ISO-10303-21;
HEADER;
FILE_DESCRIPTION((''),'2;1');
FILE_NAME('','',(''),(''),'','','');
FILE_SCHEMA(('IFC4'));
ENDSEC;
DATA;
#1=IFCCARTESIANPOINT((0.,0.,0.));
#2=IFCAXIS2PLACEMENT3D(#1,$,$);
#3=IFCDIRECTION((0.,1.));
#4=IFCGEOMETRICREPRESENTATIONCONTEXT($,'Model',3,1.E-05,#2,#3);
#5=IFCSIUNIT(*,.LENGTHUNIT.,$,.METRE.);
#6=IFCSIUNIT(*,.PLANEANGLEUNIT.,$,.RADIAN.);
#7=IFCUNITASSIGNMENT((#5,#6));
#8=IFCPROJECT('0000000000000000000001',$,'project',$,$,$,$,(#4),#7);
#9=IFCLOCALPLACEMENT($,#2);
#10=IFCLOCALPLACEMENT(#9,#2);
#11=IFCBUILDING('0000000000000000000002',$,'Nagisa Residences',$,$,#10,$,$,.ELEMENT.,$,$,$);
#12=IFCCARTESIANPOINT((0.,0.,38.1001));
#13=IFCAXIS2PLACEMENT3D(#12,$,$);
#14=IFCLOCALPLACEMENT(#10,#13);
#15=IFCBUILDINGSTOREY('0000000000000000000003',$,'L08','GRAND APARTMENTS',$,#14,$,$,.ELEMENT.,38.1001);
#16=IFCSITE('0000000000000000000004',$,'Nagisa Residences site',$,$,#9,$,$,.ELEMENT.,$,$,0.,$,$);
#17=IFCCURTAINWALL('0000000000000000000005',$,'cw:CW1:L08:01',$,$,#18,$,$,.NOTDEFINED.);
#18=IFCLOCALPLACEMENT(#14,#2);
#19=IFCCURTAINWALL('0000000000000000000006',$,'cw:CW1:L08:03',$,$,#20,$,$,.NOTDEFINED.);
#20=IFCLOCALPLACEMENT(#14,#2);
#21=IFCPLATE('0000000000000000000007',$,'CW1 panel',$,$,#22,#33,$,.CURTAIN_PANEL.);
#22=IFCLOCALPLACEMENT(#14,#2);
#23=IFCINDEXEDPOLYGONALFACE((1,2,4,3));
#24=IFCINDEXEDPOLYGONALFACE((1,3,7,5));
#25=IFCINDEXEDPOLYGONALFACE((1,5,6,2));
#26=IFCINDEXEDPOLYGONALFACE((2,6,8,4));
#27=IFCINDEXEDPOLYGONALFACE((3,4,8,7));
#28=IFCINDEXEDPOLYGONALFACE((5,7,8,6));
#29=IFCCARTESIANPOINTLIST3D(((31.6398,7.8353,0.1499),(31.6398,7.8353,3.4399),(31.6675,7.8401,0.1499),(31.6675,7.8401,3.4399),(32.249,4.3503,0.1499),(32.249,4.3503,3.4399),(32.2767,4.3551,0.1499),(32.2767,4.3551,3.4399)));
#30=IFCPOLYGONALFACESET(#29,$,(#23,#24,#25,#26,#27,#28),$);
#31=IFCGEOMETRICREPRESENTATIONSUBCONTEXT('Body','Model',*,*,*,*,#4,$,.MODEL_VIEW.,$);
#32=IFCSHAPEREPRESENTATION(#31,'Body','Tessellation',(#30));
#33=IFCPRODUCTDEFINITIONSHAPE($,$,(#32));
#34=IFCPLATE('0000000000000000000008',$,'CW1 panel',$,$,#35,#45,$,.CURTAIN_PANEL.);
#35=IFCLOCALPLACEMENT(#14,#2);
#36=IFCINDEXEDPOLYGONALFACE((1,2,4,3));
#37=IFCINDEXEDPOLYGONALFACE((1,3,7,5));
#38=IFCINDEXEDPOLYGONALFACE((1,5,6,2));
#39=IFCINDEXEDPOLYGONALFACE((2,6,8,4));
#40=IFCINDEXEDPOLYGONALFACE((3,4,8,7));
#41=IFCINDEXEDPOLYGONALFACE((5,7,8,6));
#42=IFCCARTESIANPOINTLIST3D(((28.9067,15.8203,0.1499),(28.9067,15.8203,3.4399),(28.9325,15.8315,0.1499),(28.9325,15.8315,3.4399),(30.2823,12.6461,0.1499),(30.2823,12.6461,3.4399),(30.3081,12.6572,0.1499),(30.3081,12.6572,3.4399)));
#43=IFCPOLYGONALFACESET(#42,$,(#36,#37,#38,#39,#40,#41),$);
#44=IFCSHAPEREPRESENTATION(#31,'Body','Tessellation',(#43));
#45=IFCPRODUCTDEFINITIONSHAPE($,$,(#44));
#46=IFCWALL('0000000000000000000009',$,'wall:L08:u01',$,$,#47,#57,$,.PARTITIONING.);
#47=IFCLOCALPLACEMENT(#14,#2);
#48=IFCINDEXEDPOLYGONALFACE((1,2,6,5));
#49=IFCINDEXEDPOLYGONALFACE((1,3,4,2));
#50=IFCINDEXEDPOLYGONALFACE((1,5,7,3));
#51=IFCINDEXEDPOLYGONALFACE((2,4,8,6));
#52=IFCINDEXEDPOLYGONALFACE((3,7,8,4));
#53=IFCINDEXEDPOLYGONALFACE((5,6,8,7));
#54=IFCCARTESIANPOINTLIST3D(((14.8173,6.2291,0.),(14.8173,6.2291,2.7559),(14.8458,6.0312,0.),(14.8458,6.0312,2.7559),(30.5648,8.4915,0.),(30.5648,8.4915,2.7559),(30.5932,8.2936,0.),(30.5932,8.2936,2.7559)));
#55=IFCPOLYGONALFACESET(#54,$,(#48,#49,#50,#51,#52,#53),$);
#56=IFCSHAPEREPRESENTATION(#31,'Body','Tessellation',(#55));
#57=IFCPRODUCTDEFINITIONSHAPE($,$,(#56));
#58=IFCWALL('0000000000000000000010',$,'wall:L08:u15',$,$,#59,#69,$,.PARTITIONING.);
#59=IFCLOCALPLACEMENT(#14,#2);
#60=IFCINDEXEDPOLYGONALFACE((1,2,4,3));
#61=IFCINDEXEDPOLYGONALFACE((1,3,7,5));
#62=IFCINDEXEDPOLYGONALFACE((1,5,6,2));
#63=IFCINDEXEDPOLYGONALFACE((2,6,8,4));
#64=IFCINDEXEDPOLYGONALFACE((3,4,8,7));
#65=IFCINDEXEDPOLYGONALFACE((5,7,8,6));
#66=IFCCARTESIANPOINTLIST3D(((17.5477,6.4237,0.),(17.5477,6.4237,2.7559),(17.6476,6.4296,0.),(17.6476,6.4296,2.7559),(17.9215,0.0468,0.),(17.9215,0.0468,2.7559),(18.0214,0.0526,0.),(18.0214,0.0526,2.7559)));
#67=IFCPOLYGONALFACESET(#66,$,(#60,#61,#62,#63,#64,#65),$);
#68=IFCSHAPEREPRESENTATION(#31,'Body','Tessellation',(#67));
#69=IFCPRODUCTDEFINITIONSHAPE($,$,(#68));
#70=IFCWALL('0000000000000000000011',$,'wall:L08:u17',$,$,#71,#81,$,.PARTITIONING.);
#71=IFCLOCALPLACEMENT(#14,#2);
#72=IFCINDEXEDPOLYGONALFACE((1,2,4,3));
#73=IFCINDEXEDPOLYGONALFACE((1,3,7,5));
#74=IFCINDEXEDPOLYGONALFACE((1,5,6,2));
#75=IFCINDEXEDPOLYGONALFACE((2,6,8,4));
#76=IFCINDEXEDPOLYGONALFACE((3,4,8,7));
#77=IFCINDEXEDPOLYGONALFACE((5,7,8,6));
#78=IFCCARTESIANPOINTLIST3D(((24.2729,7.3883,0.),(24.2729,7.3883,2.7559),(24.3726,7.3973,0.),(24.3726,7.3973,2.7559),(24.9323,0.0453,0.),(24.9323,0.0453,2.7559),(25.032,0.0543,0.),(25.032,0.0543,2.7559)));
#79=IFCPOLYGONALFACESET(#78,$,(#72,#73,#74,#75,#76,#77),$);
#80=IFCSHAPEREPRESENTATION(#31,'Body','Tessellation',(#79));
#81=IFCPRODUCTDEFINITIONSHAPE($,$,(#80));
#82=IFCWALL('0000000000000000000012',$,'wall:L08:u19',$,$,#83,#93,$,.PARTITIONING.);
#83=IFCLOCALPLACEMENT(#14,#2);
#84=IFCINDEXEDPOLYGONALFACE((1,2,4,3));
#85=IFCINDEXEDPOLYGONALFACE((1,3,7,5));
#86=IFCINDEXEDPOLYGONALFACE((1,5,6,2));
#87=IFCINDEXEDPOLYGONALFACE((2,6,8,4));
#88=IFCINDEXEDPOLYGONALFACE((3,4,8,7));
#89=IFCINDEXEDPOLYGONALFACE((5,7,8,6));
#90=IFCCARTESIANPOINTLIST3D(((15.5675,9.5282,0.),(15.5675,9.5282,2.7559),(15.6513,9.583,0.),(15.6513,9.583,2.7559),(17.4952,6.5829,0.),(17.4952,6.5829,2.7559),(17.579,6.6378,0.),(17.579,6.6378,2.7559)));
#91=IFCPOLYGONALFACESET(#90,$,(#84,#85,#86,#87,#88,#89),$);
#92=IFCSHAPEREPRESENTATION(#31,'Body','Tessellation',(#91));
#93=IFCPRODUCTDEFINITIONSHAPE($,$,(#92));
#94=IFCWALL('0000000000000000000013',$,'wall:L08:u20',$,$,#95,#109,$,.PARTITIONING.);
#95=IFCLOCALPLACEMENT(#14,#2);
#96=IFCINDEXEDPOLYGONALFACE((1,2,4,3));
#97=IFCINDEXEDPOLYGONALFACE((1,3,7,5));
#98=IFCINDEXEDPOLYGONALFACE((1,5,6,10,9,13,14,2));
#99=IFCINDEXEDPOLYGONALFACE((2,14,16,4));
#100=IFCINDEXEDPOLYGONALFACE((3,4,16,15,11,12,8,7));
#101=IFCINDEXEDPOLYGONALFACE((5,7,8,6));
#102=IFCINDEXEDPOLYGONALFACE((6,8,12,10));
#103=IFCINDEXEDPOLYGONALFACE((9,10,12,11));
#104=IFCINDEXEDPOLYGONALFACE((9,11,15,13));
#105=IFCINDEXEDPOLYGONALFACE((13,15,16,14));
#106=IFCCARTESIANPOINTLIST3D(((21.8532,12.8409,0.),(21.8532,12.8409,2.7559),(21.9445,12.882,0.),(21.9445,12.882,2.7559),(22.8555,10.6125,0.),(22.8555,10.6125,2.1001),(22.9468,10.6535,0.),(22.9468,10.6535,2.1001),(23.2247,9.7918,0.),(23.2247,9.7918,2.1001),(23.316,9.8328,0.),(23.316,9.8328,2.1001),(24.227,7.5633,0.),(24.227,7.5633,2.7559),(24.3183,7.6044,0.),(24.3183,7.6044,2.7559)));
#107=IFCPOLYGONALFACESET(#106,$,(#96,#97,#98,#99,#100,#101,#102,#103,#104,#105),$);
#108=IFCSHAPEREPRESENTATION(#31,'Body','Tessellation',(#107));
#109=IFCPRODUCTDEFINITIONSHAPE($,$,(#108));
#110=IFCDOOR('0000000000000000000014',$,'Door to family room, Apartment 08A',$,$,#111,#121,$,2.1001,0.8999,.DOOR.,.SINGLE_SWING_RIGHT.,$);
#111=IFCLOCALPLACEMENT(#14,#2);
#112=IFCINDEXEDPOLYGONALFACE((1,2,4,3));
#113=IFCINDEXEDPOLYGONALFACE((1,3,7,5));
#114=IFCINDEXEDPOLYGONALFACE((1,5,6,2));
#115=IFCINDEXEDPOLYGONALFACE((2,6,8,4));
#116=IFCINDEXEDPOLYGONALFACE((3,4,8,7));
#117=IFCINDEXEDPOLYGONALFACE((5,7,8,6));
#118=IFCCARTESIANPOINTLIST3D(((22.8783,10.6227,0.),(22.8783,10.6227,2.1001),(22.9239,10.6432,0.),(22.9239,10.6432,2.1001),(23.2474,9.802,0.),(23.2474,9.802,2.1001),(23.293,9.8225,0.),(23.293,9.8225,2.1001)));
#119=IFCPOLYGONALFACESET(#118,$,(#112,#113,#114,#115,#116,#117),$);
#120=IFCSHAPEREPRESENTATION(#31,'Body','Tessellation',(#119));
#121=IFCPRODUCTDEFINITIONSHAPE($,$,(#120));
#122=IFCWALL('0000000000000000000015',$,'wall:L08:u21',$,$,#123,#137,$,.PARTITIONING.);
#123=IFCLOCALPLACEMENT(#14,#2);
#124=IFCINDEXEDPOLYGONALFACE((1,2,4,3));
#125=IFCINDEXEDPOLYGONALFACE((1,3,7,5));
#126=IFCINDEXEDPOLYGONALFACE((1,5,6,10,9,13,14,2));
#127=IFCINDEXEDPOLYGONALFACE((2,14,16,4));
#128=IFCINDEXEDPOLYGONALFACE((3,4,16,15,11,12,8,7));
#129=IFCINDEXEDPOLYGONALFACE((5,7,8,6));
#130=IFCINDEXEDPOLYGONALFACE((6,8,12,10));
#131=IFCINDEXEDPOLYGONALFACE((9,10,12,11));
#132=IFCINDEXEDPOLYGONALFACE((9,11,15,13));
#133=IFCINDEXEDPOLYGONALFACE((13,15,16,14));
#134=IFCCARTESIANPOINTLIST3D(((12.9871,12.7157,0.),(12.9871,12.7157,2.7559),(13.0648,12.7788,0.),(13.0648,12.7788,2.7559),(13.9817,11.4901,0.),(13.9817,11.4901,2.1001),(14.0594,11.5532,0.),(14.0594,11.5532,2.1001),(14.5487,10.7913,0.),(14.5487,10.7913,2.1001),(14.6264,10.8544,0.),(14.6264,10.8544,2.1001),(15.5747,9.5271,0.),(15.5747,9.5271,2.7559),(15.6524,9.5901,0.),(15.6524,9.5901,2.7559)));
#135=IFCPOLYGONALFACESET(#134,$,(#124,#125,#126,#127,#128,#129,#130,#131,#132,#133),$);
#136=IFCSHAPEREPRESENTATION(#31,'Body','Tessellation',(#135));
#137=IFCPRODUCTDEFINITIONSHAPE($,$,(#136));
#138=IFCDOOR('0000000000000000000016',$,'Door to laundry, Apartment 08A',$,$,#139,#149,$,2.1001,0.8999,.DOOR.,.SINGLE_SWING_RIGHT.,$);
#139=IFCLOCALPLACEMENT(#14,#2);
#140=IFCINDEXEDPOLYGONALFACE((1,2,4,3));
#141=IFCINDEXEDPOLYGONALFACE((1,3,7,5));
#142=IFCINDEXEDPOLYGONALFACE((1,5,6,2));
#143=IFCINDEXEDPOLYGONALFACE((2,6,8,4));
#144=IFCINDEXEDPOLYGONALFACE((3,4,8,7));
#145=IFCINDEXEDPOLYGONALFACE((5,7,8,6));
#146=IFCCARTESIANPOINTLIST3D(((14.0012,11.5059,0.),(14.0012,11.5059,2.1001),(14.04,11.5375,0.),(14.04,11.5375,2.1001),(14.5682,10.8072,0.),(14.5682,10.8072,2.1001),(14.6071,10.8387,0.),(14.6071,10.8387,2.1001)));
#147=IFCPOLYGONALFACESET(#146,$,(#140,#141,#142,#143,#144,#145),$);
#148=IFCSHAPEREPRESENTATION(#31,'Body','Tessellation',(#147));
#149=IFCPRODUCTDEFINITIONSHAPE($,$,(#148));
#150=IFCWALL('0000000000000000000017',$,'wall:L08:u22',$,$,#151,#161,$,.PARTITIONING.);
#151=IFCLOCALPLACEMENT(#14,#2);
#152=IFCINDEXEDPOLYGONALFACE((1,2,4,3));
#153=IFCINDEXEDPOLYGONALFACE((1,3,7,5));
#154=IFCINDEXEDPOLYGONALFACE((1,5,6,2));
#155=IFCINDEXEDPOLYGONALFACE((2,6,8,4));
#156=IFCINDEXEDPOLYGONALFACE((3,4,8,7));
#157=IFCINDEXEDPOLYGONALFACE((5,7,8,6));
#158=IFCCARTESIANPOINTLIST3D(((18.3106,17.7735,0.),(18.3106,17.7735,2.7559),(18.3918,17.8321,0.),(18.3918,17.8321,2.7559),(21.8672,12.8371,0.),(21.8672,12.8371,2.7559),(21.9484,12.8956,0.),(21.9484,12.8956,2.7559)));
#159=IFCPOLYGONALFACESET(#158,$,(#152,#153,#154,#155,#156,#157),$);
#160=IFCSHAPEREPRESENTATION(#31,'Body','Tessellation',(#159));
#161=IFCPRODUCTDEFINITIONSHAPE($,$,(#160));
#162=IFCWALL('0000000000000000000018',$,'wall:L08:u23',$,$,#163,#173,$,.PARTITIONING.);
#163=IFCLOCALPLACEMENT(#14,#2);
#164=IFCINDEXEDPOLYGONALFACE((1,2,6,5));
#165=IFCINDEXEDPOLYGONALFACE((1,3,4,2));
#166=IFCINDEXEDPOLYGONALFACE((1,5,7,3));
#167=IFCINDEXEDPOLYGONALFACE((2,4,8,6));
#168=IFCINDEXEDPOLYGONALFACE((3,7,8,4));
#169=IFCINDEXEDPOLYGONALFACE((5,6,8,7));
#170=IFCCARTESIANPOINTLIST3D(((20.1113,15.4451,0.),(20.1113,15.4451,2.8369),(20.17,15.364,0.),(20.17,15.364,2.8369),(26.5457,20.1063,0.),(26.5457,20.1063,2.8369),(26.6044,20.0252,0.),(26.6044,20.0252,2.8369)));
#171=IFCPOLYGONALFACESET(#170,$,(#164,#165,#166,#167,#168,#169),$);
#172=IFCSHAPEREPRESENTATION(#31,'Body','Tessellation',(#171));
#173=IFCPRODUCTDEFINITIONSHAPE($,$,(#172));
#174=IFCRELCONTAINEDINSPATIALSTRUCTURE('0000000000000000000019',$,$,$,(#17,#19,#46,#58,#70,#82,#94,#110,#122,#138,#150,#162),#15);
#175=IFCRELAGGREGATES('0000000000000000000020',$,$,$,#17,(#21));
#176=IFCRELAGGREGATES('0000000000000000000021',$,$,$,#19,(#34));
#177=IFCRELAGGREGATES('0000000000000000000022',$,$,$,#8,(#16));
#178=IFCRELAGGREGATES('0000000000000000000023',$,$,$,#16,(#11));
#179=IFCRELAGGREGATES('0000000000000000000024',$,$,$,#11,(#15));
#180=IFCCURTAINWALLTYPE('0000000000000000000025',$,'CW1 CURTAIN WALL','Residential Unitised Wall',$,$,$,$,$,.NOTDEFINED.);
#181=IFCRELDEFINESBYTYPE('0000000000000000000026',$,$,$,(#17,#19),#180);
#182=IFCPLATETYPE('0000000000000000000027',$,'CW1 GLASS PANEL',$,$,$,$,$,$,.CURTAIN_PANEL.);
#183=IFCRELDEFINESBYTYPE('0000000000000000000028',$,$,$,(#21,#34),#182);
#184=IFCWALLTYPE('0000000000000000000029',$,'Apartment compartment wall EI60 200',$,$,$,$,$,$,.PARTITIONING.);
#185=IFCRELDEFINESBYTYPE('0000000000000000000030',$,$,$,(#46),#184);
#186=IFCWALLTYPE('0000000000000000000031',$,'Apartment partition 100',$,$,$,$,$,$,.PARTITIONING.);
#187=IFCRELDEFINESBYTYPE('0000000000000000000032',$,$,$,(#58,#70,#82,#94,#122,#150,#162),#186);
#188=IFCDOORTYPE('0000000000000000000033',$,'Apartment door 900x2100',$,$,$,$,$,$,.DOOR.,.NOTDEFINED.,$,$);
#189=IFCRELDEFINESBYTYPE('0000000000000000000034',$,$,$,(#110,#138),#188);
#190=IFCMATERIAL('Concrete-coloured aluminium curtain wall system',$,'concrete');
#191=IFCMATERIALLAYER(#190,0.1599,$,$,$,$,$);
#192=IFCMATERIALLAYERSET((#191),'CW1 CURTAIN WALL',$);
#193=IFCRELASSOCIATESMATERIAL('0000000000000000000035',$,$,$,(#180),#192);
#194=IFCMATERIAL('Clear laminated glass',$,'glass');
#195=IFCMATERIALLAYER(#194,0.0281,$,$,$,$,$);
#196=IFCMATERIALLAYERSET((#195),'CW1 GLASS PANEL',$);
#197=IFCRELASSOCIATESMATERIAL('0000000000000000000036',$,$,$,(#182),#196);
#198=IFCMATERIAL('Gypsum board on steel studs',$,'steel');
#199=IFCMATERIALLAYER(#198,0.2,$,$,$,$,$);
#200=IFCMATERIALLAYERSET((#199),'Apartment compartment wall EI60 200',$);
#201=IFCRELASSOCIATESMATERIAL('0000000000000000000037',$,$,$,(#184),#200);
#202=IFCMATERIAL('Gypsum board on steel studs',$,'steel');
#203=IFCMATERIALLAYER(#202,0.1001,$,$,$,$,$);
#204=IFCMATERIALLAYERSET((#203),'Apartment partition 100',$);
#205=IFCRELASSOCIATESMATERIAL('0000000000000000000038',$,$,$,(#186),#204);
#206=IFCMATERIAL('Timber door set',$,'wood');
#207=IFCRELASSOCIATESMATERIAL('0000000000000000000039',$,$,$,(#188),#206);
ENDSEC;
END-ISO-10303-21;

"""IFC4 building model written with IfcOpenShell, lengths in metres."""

from ifc_helpers import new_model, si_unit, direction, frame, frame_2d, origin, origin_2d, place, context, subcontext, project, spatial, rectangle, extrude, material, layer, layer_set, type_object, element, fill, aggregate, save


model = new_model("IFC4")

# Units and contexts
model_context = context("Model", 3, precision=1e-05, world=origin(), true_north=direction((0.0, 1.0)))
body_context = subcontext(model_context, "Body", "Model", "MODEL_VIEW")
ifc_project = project(units=[si_unit("LENGTHUNIT", "METRE"), si_unit("PLANEANGLEUNIT", "RADIAN")], contexts=[model_context])

# Site, building, storey
site_placement = place(None, origin())
site = spatial("IfcSite", under=ifc_project, at=site_placement, Name="Nagisa Residences site", CompositionType="ELEMENT", RefElevation=0.0)
building_placement = place(site_placement, origin())
building = spatial("IfcBuilding", under=site, at=building_placement, Name="Nagisa Residences", CompositionType="ELEMENT")
storey_placement = place(building_placement, frame((0.0, 0.0, 38.1001)))
storey = spatial("IfcBuildingStorey", under=building, at=storey_placement, Name="L08", Description="GRAND APARTMENTS", CompositionType="ELEMENT", Elevation=38.1001)

# Curtain walls
ifc_material_1 = material(Name="Concrete-coloured aluminium curtain wall system", Category="concrete")
ifc_layer_1 = layer(ifc_material_1, 0.1599)
ifc_layer_set_1 = layer_set([ifc_layer_1], Name="CW1 CURTAIN WALL")
curtain_wall_type = type_object("IfcCurtainWallType", Name="CW1 CURTAIN WALL", Description="Residential Unitised Wall", PredefinedType="NOTDEFINED", material=ifc_layer_set_1)
curtain_wall_1_placement = place(storey_placement, origin())
curtain_wall_1 = element("IfcCurtainWall", 1, at=curtain_wall_1_placement, inside=storey, type_object=curtain_wall_type, Name="cw:CW1:L08:01", PredefinedType="NOTDEFINED")
curtain_wall_2_placement = place(storey_placement, origin())
curtain_wall_2 = element("IfcCurtainWall", 2, at=curtain_wall_2_placement, inside=storey, type_object=curtain_wall_type, Name="cw:CW1:L08:03", PredefinedType="NOTDEFINED")

# Plates
ifc_material_2 = material(Name="Clear laminated glass", Category="glass")
ifc_layer_2 = layer(ifc_material_2, 0.0281)
ifc_layer_set_2 = layer_set([ifc_layer_2], Name="CW1 GLASS PANEL")
plate_type = type_object("IfcPlateType", Name="CW1 GLASS PANEL", PredefinedType="CURTAIN_PANEL", material=ifc_layer_set_2)
plate_1_placement = place(storey_placement, frame((31.9583, 6.0952, 0.1499), z_axis=(0.0, 0.0, 1.0), x_axis=(-0.172191, 0.985064, 0.0)))
plate_1 = element("IfcPlate", 3, at=plate_1_placement, type_object=plate_type, Name="CW1 panel", PredefinedType="CURTAIN_PANEL", context=body_context, shape_type="SweptSolid", body=[
    extrude(rectangle(XDim=3.5378, YDim=0.0281, at=origin_2d()), origin(), (0.0, 0.0, 1.0), 3.29),
])
aggregate(curtain_wall_1, [plate_1])
plate_2_placement = place(storey_placement, frame((29.6074, 14.2388, 0.1499), z_axis=(0.0, 0.0, 1.0), x_axis=(-0.397636, 0.917543, 0.0)))
plate_2 = element("IfcPlate", 4, at=plate_2_placement, type_object=plate_type, Name="CW1 panel", PredefinedType="CURTAIN_PANEL", context=body_context, shape_type="SweptSolid", body=[
    extrude(rectangle(XDim=3.4595, YDim=0.0281, at=origin_2d()), origin(), (0.0, 0.0, 1.0), 3.29),
])
aggregate(curtain_wall_2, [plate_2])

# Walls
ifc_material_3 = material(Name="Gypsum board on steel studs", Category="steel")
ifc_layer_3 = layer(ifc_material_3, 0.2)
ifc_layer_set_3 = layer_set([ifc_layer_3], Name="Apartment compartment wall EI60 200")
wall_type_1 = type_object("IfcWallType", Name="Apartment compartment wall EI60 200", PredefinedType="PARTITIONING", material=ifc_layer_set_3)
wall_1_placement = place(storey_placement, frame((14.8315, 6.1301, 0.0), z_axis=(0.0, 0.0, 1.0), x_axis=(0.989837, 0.14221, 0.0)))
element("IfcWall", 5, at=wall_1_placement, inside=storey, type_object=wall_type_1, Name="wall:L08:u01", PredefinedType="PARTITIONING", context=body_context, shape_type="SweptSolid", body=[
    extrude(rectangle(XDim=15.9092, YDim=0.2, at=frame_2d((7.9546, 0.0))), origin(), (0.0, 0.0, 1.0), 2.7559),
])
ifc_material_4 = material(Name="Gypsum board on steel studs", Category="steel")
ifc_layer_4 = layer(ifc_material_4, 0.1001)
ifc_layer_set_4 = layer_set([ifc_layer_4], Name="Apartment partition 100")
wall_type_2 = type_object("IfcWallType", Name="Apartment partition 100", PredefinedType="PARTITIONING", material=ifc_layer_set_4)
wall_2_placement = place(storey_placement, frame((17.9714, 0.0498, 0.0), z_axis=(0.0, 0.0, 1.0), x_axis=(-0.058514, 0.998287, 0.0)))
element("IfcWall", 6, at=wall_2_placement, inside=storey, type_object=wall_type_2, Name="wall:L08:u15", PredefinedType="PARTITIONING", context=body_context, shape_type="SweptSolid", body=[
    extrude(rectangle(XDim=6.3879, YDim=0.1001, at=frame_2d((3.1938, 0.0))), origin(), (0.0, 0.0, 1.0), 2.7559),
])
wall_3_placement = place(storey_placement, frame((24.9822, 0.0498, 0.0), z_axis=(0.0, 0.0, 1.0), x_axis=(-0.089443, 0.995992, 0.0)))
element("IfcWall", 7, at=wall_3_placement, inside=storey, type_object=wall_type_2, Name="wall:L08:u17", PredefinedType="PARTITIONING", context=body_context, shape_type="SweptSolid", body=[
    extrude(rectangle(XDim=7.3726, YDim=0.1001, at=frame_2d((3.6863, 0.0))), origin(), (0.0, 0.0, 1.0), 2.7559),
])
wall_4_placement = place(storey_placement, frame((17.5371, 6.6104, 0.0), z_axis=(0.0, 0.0, 1.0), x_axis=(-0.547638, 0.836715, 0.0)))
element("IfcWall", 8, at=wall_4_placement, inside=storey, type_object=wall_type_2, Name="wall:L08:u19", PredefinedType="PARTITIONING", context=body_context, shape_type="SweptSolid", body=[
    extrude(rectangle(XDim=3.52, YDim=0.1001, at=frame_2d((1.76, 0.0))), origin(), (0.0, 0.0, 1.0), 2.7559),
])

# Walls, openings, doors
wall_5_placement = place(storey_placement, frame((24.2727, 7.5837, 0.0), z_axis=(0.0, 0.0, 1.0), x_axis=(-0.410202, 0.911995, 0.0)))
wall_5 = element("IfcWall", 9, at=wall_5_placement, inside=storey, type_object=wall_type_2, Name="wall:L08:u20", PredefinedType="PARTITIONING", context=body_context, shape_type="SweptSolid", body=[
    extrude(rectangle(XDim=5.7869, YDim=0.1001, at=frame_2d((2.8936, 0.0))), origin(), (0.0, 0.0, 1.0), 2.7559),
])
opening_1_placement = place(wall_5_placement, frame((2.4436, 0.0, 0.0)))
opening_1 = element("IfcOpeningElement", 10, at=opening_1_placement, cuts=wall_5, PredefinedType="OPENING", context=body_context, shape_type="SweptSolid", body=[
    extrude(rectangle(XDim=0.8999, YDim=2.1001, at=frame_2d((0.45, 1.05))), frame((0.0, 0.0601, 0.0), z_axis=(0.0, -1.0, 0.0), x_axis=(1.0, 0.0, 0.0)), (0.0, 0.0, 1.0), 0.1201),
])
ifc_material_5 = material(Name="Timber door set", Category="wood")
door_type_1 = type_object("IfcDoorType", Name="Apartment door 900x2100", OperationType="NOTDEFINED", PredefinedType="DOOR", material=ifc_material_5)
door_1_placement = place(opening_1_placement, frame((0.8999, 0.0, 0.0), x_axis=(-1.0, 0.0, 0.0)))
door_1 = element("IfcDoor", 11, at=door_1_placement, inside=storey, type_object=door_type_1, Name="Door to family room, Apartment 08A", OperationType="SINGLE_SWING_RIGHT", OverallHeight=2.1001, OverallWidth=0.8999, PredefinedType="DOOR", context=body_context, shape_type="SweptSolid", body=[
    extrude(rectangle(XDim=0.8999, YDim=2.1001, at=frame_2d((0.45, 1.05))), frame((0.0, 0.0249, 0.0), z_axis=(0.0, -1.0, 0.0), x_axis=(1.0, 0.0, 0.0)), (0.0, 0.0, 1.0), 0.05),
])
fill(opening_1, door_1)
wall_6_placement = place(storey_placement, frame((15.6135, 9.5586, 0.0), z_axis=(0.0, 0.0, 1.0), x_axis=(-0.630125, 0.776494, 0.0)))
wall_6 = element("IfcWall", 12, at=wall_6_placement, inside=storey, type_object=wall_type_2, Name="wall:L08:u21", PredefinedType="PARTITIONING", context=body_context, shape_type="SweptSolid", body=[
    extrude(rectangle(XDim=4.1064, YDim=0.1001, at=frame_2d((2.0532, 0.0))), origin(), (0.0, 0.0, 1.0), 2.7559),
])
opening_2_placement = place(wall_6_placement, frame((1.6282, 0.0, 0.0)))
opening_2 = element("IfcOpeningElement", 13, at=opening_2_placement, cuts=wall_6, PredefinedType="OPENING", context=body_context, shape_type="SweptSolid", body=[
    extrude(rectangle(XDim=0.8999, YDim=2.1001, at=frame_2d((0.45, 1.05))), frame((0.0, 0.0601, 0.0), z_axis=(0.0, -1.0, 0.0), x_axis=(1.0, 0.0, 0.0)), (0.0, 0.0, 1.0), 0.1201),
])
door_2_placement = place(opening_2_placement, origin())
door_2 = element("IfcDoor", 14, at=door_2_placement, inside=storey, type_object=door_type_1, Name="Door to laundry, Apartment 08A", OperationType="SINGLE_SWING_RIGHT", OverallHeight=2.1001, OverallWidth=0.8999, PredefinedType="DOOR", context=body_context, shape_type="SweptSolid", body=[
    extrude(rectangle(XDim=0.8999, YDim=2.1001, at=frame_2d((0.45, 1.05))), frame((0.0, 0.0249, 0.0), z_axis=(0.0, -1.0, 0.0), x_axis=(1.0, 0.0, 0.0)), (0.0, 0.0, 1.0), 0.05),
])
fill(opening_2, door_2)

# Walls
wall_7_placement = place(storey_placement, frame((21.9077, 12.8665, 0.0), z_axis=(0.0, 0.0, 1.0), x_axis=(-0.584558, 0.811352, 0.0)))
element("IfcWall", 15, at=wall_7_placement, inside=storey, type_object=wall_type_2, Name="wall:L08:u22", PredefinedType="PARTITIONING", context=body_context, shape_type="SweptSolid", body=[
    extrude(rectangle(XDim=6.0842, YDim=0.1001, at=frame_2d((3.042, 0.0))), origin(), (0.0, 0.0, 1.0), 2.7559),
])
wall_8_placement = place(storey_placement, frame((20.1406, 15.4045, 0.0), z_axis=(0.0, 0.0, 1.0), x_axis=(0.809835, 0.586658, 0.0)))
element("IfcWall", 16, at=wall_8_placement, inside=storey, type_object=wall_type_2, Name="wall:L08:u23", PredefinedType="PARTITIONING", context=body_context, shape_type="SweptSolid", body=[
    extrude(rectangle(XDim=7.9453, YDim=0.1001, at=frame_2d((3.9727, 0.0))), origin(), (0.0, 0.0, 1.0), 2.8369),
])

save(model, "model.ifc")
